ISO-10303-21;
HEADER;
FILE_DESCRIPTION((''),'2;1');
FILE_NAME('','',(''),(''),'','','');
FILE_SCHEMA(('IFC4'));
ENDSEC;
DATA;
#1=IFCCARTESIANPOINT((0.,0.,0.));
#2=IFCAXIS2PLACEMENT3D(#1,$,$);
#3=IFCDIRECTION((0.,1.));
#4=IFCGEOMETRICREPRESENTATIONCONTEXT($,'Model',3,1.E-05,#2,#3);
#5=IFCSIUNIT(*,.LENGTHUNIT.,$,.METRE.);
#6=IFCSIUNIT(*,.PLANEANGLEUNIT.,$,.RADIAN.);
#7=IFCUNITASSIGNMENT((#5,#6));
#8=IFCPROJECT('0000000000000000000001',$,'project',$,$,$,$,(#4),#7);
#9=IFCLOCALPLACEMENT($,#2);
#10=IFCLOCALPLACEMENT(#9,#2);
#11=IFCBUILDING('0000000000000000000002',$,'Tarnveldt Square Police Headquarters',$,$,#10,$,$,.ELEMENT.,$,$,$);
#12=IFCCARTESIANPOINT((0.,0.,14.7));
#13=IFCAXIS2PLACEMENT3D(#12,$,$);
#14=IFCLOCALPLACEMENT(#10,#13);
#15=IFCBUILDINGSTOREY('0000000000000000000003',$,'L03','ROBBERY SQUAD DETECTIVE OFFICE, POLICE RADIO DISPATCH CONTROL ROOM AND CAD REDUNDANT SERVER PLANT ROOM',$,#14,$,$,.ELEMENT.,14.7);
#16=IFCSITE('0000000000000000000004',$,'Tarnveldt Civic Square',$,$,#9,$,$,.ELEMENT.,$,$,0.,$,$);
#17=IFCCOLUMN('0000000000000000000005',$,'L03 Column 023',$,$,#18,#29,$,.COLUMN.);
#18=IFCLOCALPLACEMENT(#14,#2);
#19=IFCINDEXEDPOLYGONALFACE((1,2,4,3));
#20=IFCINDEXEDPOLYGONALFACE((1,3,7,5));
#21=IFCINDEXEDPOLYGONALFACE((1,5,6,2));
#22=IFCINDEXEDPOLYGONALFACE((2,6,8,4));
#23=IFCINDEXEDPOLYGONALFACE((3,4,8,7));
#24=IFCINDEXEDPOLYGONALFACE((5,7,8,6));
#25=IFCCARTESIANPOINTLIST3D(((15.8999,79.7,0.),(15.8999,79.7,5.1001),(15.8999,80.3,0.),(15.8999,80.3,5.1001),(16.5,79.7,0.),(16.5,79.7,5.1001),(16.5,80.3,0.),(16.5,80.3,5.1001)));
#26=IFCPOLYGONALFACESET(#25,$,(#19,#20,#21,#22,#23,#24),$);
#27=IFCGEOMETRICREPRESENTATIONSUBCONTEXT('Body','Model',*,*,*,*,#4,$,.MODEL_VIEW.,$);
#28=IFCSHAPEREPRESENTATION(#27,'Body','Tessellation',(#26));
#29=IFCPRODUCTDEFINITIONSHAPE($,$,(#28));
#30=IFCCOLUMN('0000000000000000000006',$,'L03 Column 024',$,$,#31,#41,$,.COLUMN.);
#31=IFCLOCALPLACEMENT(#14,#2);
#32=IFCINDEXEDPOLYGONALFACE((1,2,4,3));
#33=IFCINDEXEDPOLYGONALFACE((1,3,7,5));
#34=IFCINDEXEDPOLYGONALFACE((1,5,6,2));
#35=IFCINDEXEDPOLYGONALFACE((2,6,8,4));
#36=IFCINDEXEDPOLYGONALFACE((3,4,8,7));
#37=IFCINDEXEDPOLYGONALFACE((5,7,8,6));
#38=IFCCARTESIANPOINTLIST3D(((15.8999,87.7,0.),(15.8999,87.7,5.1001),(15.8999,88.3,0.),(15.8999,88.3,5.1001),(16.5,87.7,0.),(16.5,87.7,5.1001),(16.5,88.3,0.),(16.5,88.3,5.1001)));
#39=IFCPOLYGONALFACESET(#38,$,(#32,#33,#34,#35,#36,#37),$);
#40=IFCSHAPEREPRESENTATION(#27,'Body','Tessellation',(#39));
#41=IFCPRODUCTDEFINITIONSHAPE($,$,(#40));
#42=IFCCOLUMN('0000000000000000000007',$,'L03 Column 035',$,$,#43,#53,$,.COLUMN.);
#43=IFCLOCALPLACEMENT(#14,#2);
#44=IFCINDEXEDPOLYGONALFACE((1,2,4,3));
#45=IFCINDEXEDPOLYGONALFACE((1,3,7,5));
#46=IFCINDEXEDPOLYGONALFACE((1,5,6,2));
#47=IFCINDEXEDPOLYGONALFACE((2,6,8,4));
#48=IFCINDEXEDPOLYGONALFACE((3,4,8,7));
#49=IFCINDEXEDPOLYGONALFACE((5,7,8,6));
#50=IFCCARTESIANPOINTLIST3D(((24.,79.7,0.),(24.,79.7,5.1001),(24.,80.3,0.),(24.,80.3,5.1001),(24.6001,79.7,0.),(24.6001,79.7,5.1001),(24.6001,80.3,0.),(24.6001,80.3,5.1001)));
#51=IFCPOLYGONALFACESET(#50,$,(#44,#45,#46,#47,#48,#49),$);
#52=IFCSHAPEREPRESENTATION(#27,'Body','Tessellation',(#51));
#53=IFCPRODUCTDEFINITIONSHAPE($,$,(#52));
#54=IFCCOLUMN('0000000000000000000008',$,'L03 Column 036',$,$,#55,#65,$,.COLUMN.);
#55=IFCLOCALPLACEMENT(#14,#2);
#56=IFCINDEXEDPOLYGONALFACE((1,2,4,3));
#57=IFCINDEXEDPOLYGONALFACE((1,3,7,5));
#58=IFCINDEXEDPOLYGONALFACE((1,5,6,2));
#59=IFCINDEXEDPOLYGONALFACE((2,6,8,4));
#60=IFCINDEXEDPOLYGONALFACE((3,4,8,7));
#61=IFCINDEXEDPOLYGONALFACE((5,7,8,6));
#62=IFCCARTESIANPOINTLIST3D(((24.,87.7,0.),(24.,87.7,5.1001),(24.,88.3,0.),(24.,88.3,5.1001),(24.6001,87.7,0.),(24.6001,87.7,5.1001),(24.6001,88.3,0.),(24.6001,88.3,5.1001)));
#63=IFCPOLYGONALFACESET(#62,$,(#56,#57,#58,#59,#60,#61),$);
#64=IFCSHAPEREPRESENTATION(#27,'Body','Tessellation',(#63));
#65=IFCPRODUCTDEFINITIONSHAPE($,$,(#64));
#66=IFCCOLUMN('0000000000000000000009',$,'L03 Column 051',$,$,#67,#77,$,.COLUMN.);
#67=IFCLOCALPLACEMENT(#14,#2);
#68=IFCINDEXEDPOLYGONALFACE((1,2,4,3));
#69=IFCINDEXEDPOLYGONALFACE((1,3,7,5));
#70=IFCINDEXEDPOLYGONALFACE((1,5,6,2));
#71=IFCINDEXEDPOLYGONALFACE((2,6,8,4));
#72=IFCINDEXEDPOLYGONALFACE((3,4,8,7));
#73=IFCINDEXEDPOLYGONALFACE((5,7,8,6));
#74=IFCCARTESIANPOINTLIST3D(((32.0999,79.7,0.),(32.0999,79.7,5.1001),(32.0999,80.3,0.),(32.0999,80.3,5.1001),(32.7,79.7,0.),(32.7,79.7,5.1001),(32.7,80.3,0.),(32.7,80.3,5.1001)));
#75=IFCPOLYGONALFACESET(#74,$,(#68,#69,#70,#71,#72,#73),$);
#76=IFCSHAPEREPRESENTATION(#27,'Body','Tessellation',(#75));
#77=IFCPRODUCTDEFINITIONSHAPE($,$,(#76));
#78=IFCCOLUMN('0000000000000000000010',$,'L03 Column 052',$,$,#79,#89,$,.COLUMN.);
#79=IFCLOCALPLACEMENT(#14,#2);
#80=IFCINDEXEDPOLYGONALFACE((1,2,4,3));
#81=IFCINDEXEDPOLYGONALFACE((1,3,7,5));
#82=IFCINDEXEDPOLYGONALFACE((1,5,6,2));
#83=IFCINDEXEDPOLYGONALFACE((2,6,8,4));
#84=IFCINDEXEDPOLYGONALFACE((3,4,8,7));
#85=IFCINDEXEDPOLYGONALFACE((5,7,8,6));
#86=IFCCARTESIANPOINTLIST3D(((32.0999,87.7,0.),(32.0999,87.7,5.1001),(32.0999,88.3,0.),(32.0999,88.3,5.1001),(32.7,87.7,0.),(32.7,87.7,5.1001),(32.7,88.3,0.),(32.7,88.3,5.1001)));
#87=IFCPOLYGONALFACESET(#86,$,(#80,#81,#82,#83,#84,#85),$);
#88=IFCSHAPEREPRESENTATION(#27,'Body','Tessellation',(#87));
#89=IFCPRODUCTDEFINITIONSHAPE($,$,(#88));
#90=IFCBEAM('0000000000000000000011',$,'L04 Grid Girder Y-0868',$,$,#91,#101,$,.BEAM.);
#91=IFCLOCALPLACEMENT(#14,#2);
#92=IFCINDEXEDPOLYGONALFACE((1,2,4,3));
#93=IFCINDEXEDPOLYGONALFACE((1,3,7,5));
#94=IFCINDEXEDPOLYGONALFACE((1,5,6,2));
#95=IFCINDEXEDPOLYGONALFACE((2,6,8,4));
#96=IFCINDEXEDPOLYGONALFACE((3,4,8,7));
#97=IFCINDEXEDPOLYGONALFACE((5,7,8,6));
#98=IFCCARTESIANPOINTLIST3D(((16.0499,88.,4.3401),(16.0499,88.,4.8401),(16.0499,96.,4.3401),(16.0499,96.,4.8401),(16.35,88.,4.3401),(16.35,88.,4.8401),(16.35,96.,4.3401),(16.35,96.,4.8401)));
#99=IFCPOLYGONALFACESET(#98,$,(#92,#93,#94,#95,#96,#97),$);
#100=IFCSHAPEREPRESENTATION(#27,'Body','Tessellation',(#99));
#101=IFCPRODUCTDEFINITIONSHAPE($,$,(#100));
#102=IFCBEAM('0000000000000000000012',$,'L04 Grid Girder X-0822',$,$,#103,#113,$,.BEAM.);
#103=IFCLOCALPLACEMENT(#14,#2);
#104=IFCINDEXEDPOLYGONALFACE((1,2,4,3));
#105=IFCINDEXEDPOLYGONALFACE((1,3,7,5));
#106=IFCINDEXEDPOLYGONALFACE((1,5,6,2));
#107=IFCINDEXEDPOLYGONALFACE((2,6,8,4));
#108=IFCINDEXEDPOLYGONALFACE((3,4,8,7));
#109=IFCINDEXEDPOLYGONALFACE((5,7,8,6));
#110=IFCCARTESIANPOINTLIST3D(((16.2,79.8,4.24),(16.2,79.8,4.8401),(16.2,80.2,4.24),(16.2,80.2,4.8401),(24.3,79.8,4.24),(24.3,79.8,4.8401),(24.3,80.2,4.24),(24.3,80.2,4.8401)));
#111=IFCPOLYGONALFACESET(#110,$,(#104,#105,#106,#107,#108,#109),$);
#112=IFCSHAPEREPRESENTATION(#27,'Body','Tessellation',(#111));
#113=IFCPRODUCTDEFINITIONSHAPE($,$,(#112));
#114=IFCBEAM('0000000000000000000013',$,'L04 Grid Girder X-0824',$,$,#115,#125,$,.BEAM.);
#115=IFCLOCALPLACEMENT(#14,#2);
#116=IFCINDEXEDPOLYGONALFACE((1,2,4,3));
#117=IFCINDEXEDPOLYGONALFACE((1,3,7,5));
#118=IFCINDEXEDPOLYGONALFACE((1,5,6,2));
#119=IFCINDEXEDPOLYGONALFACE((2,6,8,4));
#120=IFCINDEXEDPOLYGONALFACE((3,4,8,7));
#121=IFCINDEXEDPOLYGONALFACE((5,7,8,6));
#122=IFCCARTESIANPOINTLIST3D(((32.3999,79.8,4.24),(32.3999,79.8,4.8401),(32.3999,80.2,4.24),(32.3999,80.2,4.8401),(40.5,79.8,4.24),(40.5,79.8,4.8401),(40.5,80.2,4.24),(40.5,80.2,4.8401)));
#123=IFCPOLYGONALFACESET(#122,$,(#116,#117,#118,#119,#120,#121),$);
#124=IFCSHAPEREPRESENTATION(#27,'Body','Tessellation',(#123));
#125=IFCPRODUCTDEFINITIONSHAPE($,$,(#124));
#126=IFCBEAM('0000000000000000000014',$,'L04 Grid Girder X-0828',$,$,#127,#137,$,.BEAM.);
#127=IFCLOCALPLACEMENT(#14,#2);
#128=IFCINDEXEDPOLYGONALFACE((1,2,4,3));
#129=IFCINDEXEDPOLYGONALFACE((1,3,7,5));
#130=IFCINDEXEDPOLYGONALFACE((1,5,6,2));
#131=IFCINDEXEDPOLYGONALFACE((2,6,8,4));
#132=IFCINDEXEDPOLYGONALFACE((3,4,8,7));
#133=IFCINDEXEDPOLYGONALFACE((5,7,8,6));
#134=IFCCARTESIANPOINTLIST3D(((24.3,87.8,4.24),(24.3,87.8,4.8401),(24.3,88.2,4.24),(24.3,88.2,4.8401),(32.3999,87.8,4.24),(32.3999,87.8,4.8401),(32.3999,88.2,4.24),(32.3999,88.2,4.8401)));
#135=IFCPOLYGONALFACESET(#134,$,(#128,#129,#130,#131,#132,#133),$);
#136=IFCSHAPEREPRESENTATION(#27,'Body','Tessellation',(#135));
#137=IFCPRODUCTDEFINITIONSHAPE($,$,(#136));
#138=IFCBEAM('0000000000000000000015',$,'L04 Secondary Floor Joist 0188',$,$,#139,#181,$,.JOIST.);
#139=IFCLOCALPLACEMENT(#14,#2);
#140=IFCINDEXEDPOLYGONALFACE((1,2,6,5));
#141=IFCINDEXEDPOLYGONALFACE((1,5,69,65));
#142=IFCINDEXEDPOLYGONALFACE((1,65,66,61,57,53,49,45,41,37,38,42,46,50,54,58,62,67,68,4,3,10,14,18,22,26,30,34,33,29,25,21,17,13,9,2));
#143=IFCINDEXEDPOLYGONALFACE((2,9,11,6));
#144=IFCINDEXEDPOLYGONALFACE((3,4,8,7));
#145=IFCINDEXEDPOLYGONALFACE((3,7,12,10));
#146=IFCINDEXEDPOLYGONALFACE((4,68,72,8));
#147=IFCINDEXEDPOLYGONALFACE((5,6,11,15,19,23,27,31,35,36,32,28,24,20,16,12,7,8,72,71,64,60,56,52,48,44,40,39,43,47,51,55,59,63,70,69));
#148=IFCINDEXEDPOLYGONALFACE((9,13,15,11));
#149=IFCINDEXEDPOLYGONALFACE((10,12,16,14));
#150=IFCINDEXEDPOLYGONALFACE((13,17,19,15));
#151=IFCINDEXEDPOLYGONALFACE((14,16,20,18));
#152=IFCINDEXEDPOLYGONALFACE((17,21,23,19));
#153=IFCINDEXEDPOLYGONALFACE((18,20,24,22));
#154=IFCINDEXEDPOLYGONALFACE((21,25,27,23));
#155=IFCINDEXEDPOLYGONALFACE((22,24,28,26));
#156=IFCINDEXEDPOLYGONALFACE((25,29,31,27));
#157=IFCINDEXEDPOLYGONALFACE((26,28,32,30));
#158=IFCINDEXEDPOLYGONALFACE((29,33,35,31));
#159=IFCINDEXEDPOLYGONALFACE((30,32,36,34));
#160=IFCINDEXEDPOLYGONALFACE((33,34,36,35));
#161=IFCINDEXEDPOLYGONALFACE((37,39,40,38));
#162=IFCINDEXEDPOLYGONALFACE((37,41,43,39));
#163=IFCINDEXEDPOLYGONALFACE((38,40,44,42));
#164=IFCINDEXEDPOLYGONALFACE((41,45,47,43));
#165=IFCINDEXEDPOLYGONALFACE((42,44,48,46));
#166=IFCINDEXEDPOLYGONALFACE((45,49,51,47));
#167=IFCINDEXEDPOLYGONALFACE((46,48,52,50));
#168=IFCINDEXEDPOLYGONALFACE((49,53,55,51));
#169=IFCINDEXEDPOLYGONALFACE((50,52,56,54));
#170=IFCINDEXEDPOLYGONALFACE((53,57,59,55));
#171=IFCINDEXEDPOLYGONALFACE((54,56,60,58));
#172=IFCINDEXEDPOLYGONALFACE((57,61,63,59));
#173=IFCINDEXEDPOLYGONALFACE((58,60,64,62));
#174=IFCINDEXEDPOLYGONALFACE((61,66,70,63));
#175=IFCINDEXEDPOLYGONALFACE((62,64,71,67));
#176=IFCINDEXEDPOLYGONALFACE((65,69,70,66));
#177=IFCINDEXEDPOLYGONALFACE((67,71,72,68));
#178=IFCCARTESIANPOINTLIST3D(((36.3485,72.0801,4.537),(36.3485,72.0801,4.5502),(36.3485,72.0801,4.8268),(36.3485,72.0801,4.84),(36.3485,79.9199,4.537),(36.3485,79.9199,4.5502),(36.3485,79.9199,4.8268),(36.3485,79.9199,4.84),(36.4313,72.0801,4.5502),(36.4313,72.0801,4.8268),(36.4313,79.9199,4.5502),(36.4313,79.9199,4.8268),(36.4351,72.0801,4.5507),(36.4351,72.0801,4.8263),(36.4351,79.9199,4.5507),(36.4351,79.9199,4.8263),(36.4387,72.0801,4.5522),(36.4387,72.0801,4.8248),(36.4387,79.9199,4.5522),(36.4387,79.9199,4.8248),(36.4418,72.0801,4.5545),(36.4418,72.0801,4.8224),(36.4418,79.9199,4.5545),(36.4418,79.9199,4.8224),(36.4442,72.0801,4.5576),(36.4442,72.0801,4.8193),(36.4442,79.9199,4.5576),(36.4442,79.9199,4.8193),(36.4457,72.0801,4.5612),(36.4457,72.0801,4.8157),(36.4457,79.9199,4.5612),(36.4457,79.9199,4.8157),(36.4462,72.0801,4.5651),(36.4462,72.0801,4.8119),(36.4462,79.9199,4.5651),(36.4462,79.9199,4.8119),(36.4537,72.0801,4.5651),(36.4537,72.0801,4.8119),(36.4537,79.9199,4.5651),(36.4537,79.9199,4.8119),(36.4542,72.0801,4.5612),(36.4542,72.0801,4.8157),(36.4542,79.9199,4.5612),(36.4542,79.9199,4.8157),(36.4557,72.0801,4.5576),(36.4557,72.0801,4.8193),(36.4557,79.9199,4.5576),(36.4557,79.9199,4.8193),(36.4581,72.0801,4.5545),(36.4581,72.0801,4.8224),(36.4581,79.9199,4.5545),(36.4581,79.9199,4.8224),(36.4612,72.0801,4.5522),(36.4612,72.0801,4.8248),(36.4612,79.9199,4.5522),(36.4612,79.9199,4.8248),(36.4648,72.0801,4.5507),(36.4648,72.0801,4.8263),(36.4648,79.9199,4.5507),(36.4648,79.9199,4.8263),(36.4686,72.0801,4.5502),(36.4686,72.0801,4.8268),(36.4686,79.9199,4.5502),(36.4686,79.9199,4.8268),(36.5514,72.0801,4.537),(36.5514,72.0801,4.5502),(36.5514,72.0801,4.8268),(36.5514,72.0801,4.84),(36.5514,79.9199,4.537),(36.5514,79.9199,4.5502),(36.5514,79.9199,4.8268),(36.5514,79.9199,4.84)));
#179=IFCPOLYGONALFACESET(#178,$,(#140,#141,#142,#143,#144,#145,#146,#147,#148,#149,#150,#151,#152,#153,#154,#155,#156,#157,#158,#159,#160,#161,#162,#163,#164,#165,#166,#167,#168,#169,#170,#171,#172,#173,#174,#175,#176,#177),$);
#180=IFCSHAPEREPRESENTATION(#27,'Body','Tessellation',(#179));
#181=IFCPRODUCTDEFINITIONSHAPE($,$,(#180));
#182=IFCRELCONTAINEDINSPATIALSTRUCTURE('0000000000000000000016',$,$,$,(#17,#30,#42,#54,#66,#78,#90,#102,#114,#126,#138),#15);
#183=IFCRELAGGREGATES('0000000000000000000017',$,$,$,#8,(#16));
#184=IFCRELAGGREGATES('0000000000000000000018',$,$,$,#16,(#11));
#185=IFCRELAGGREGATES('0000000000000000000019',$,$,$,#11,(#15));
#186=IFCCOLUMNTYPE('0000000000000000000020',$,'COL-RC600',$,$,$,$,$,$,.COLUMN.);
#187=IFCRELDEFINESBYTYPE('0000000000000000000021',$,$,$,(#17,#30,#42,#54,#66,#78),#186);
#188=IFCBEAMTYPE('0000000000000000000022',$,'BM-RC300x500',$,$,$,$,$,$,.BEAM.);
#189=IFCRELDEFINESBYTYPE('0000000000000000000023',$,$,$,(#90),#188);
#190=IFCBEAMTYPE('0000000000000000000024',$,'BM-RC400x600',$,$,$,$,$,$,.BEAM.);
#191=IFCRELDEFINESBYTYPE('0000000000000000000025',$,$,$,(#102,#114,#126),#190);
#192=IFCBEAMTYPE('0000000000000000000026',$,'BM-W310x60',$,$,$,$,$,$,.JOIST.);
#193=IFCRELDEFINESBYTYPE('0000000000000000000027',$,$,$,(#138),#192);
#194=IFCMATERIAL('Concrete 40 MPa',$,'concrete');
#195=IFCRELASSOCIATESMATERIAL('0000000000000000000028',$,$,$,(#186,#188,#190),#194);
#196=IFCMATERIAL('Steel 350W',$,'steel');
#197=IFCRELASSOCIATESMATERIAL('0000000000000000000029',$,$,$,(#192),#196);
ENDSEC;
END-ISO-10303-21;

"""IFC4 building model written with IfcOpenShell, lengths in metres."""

from ifc_helpers import new_model, si_unit, direction, frame, origin, origin_2d, place, context, subcontext, project, spatial, rectangle, i_section, extrude, material, material_profile, profile_set, type_object, element, save


model = new_model("IFC4")

# Units and contexts
model_context = context("Model", 3, precision=1e-05, world=origin(), true_north=direction((0.0, 1.0)))
body_context = subcontext(model_context, "Body", "Model", "MODEL_VIEW")
ifc_project = project(units=[si_unit("LENGTHUNIT", "METRE"), si_unit("PLANEANGLEUNIT", "RADIAN")], contexts=[model_context])

# Site, building, storey
site_placement = place(None, origin())
site = spatial("IfcSite", under=ifc_project, at=site_placement, Name="Tarnveldt Civic Square", CompositionType="ELEMENT", RefElevation=0.0)
building_placement = place(site_placement, origin())
building = spatial("IfcBuilding", under=site, at=building_placement, Name="Tarnveldt Square Police Headquarters", CompositionType="ELEMENT")
storey_placement = place(building_placement, frame((0.0, 0.0, 14.7)))
storey = spatial("IfcBuildingStorey", under=building, at=storey_placement, Name="L03", Description="ROBBERY SQUAD DETECTIVE OFFICE, POLICE RADIO DISPATCH CONTROL ROOM AND CAD REDUNDANT SERVER PLANT ROOM", CompositionType="ELEMENT", Elevation=14.7)

# Columns
ifc_material_1 = material(Name="Concrete 40 MPa", Category="concrete")
ifc_material_profile_1 = material_profile(ifc_material_1, rectangle(XDim=0.6001, YDim=0.6001, at=origin_2d()), Name="RC-C600x600")
ifc_profile_set_1 = profile_set([ifc_material_profile_1], Name="Concrete 40 MPa")
column_type = type_object("IfcColumnType", Name="COL-RC600", PredefinedType="COLUMN", material=ifc_profile_set_1)
for number, where, z_axis, x_axis, name in (
    (1, (16.2, 80.0, 0.0), (0.0, 0.0, 1.0), (1.0, 0.0, 0.0), "L03 Column 023"),
    (2, (16.2, 88.0, 0.0), (0.0, 0.0, 1.0), (1.0, 0.0, 0.0), "L03 Column 024"),
    (3, (24.3, 80.0, 0.0), (0.0, 0.0, 1.0), (1.0, 0.0, 0.0), "L03 Column 035"),
    (4, (24.3, 88.0, 0.0), (0.0, 0.0, 1.0), (1.0, 0.0, 0.0), "L03 Column 036"),
    (5, (32.3999, 80.0, 0.0), (0.0, 0.0, 1.0), (1.0, 0.0, 0.0), "L03 Column 051"),
    (6, (32.3999, 88.0, 0.0), (0.0, 0.0, 1.0), (1.0, 0.0, 0.0), "L03 Column 052"),
):
    element("IfcColumn", number, at=place(storey_placement, frame(where, z_axis=z_axis, x_axis=x_axis)), inside=storey, type_object=column_type, Name=name, PredefinedType="COLUMN", context=body_context, shape_type="SweptSolid", body=[
        extrude(rectangle(XDim=0.6001, YDim=0.6001, at=origin_2d()), origin(), (0.0, 0.0, 1.0), 5.1001),
    ])

# Beams
ifc_material_profile_2 = material_profile(ifc_material_1, rectangle(XDim=0.3, YDim=0.5, at=origin_2d()), Name="RC-B300x500")
ifc_profile_set_2 = profile_set([ifc_material_profile_2], Name="Concrete 40 MPa")
beam_type_1 = type_object("IfcBeamType", Name="BM-RC300x500", PredefinedType="BEAM", material=ifc_profile_set_2)
beam_1_placement = place(storey_placement, frame((16.2, 88.0, 4.5901), z_axis=(0.0, 1.0, 0.0), x_axis=(-1.0, 0.0, 0.0)))
element("IfcBeam", 7, at=beam_1_placement, inside=storey, type_object=beam_type_1, Name="L04 Grid Girder Y-0868", PredefinedType="BEAM", context=body_context, shape_type="SweptSolid", body=[
    extrude(rectangle(XDim=0.3, YDim=0.5, at=origin_2d()), origin(), (0.0, 0.0, 1.0), 8.0),
])
ifc_material_profile_3 = material_profile(ifc_material_1, rectangle(XDim=0.3999, YDim=0.6001, at=origin_2d()), Name="RC-B400x600")
ifc_profile_set_3 = profile_set([ifc_material_profile_3], Name="Concrete 40 MPa")
beam_type_2 = type_object("IfcBeamType", Name="BM-RC400x600", PredefinedType="BEAM", material=ifc_profile_set_3)
for number, where, z_axis, x_axis, name in (
    (8, (16.2, 80.0, 4.54), (1.0, 0.0, 0.0), (0.0, 1.0, 0.0), "L04 Grid Girder X-0822"),
    (9, (32.3999, 80.0, 4.54), (1.0, 0.0, 0.0), (0.0, 1.0, 0.0), "L04 Grid Girder X-0824"),
):
    element("IfcBeam", number, at=place(storey_placement, frame(where, z_axis=z_axis, x_axis=x_axis)), inside=storey, type_object=beam_type_2, Name=name, PredefinedType="BEAM", context=body_context, shape_type="SweptSolid", body=[
        extrude(rectangle(XDim=0.3999, YDim=0.6001, at=origin_2d()), origin(), (0.0, 0.0, 1.0), 8.1001),
    ])
beam_2_placement = place(storey_placement, frame((24.3, 88.0, 4.54), z_axis=(1.0, 0.0, 0.0), x_axis=(0.0, 1.0, 0.0)))
element("IfcBeam", 10, at=beam_2_placement, inside=storey, type_object=beam_type_2, Name="L04 Grid Girder X-0828", PredefinedType="BEAM", context=body_context, shape_type="SweptSolid", body=[
    extrude(rectangle(XDim=0.3999, YDim=0.6001, at=origin_2d()), origin(), (0.0, 0.0, 1.0), 8.0999),
])
ifc_material_2 = material(Name="Steel 350W", Category="steel")
ifc_material_profile_4 = material_profile(ifc_material_2, i_section(OverallWidth=0.2029, OverallDepth=0.303, WebThickness=0.0076, FlangeThickness=0.0132, FilletRadius=0.0149, at=origin_2d()), Name="W310x60")
ifc_profile_set_4 = profile_set([ifc_material_profile_4], Name="Steel 350W")
beam_type_3 = type_object("IfcBeamType", Name="BM-W310x60", PredefinedType="JOIST", material=ifc_profile_set_4)
beam_3_placement = place(storey_placement, frame((36.45, 72.0801, 4.6885), z_axis=(0.0, 1.0, 0.0), x_axis=(-1.0, 0.0, 0.0)))
element("IfcBeam", 11, at=beam_3_placement, inside=storey, type_object=beam_type_3, Name="L04 Secondary Floor Joist 0188", PredefinedType="JOIST", context=body_context, shape_type="SweptSolid", body=[
    extrude(i_section(OverallWidth=0.2029, OverallDepth=0.303, WebThickness=0.0076, FlangeThickness=0.0132, FilletRadius=0.0149, at=origin_2d()), origin(), (0.0, 0.0, 1.0), 7.8398),
])

save(model, "model.ifc")
